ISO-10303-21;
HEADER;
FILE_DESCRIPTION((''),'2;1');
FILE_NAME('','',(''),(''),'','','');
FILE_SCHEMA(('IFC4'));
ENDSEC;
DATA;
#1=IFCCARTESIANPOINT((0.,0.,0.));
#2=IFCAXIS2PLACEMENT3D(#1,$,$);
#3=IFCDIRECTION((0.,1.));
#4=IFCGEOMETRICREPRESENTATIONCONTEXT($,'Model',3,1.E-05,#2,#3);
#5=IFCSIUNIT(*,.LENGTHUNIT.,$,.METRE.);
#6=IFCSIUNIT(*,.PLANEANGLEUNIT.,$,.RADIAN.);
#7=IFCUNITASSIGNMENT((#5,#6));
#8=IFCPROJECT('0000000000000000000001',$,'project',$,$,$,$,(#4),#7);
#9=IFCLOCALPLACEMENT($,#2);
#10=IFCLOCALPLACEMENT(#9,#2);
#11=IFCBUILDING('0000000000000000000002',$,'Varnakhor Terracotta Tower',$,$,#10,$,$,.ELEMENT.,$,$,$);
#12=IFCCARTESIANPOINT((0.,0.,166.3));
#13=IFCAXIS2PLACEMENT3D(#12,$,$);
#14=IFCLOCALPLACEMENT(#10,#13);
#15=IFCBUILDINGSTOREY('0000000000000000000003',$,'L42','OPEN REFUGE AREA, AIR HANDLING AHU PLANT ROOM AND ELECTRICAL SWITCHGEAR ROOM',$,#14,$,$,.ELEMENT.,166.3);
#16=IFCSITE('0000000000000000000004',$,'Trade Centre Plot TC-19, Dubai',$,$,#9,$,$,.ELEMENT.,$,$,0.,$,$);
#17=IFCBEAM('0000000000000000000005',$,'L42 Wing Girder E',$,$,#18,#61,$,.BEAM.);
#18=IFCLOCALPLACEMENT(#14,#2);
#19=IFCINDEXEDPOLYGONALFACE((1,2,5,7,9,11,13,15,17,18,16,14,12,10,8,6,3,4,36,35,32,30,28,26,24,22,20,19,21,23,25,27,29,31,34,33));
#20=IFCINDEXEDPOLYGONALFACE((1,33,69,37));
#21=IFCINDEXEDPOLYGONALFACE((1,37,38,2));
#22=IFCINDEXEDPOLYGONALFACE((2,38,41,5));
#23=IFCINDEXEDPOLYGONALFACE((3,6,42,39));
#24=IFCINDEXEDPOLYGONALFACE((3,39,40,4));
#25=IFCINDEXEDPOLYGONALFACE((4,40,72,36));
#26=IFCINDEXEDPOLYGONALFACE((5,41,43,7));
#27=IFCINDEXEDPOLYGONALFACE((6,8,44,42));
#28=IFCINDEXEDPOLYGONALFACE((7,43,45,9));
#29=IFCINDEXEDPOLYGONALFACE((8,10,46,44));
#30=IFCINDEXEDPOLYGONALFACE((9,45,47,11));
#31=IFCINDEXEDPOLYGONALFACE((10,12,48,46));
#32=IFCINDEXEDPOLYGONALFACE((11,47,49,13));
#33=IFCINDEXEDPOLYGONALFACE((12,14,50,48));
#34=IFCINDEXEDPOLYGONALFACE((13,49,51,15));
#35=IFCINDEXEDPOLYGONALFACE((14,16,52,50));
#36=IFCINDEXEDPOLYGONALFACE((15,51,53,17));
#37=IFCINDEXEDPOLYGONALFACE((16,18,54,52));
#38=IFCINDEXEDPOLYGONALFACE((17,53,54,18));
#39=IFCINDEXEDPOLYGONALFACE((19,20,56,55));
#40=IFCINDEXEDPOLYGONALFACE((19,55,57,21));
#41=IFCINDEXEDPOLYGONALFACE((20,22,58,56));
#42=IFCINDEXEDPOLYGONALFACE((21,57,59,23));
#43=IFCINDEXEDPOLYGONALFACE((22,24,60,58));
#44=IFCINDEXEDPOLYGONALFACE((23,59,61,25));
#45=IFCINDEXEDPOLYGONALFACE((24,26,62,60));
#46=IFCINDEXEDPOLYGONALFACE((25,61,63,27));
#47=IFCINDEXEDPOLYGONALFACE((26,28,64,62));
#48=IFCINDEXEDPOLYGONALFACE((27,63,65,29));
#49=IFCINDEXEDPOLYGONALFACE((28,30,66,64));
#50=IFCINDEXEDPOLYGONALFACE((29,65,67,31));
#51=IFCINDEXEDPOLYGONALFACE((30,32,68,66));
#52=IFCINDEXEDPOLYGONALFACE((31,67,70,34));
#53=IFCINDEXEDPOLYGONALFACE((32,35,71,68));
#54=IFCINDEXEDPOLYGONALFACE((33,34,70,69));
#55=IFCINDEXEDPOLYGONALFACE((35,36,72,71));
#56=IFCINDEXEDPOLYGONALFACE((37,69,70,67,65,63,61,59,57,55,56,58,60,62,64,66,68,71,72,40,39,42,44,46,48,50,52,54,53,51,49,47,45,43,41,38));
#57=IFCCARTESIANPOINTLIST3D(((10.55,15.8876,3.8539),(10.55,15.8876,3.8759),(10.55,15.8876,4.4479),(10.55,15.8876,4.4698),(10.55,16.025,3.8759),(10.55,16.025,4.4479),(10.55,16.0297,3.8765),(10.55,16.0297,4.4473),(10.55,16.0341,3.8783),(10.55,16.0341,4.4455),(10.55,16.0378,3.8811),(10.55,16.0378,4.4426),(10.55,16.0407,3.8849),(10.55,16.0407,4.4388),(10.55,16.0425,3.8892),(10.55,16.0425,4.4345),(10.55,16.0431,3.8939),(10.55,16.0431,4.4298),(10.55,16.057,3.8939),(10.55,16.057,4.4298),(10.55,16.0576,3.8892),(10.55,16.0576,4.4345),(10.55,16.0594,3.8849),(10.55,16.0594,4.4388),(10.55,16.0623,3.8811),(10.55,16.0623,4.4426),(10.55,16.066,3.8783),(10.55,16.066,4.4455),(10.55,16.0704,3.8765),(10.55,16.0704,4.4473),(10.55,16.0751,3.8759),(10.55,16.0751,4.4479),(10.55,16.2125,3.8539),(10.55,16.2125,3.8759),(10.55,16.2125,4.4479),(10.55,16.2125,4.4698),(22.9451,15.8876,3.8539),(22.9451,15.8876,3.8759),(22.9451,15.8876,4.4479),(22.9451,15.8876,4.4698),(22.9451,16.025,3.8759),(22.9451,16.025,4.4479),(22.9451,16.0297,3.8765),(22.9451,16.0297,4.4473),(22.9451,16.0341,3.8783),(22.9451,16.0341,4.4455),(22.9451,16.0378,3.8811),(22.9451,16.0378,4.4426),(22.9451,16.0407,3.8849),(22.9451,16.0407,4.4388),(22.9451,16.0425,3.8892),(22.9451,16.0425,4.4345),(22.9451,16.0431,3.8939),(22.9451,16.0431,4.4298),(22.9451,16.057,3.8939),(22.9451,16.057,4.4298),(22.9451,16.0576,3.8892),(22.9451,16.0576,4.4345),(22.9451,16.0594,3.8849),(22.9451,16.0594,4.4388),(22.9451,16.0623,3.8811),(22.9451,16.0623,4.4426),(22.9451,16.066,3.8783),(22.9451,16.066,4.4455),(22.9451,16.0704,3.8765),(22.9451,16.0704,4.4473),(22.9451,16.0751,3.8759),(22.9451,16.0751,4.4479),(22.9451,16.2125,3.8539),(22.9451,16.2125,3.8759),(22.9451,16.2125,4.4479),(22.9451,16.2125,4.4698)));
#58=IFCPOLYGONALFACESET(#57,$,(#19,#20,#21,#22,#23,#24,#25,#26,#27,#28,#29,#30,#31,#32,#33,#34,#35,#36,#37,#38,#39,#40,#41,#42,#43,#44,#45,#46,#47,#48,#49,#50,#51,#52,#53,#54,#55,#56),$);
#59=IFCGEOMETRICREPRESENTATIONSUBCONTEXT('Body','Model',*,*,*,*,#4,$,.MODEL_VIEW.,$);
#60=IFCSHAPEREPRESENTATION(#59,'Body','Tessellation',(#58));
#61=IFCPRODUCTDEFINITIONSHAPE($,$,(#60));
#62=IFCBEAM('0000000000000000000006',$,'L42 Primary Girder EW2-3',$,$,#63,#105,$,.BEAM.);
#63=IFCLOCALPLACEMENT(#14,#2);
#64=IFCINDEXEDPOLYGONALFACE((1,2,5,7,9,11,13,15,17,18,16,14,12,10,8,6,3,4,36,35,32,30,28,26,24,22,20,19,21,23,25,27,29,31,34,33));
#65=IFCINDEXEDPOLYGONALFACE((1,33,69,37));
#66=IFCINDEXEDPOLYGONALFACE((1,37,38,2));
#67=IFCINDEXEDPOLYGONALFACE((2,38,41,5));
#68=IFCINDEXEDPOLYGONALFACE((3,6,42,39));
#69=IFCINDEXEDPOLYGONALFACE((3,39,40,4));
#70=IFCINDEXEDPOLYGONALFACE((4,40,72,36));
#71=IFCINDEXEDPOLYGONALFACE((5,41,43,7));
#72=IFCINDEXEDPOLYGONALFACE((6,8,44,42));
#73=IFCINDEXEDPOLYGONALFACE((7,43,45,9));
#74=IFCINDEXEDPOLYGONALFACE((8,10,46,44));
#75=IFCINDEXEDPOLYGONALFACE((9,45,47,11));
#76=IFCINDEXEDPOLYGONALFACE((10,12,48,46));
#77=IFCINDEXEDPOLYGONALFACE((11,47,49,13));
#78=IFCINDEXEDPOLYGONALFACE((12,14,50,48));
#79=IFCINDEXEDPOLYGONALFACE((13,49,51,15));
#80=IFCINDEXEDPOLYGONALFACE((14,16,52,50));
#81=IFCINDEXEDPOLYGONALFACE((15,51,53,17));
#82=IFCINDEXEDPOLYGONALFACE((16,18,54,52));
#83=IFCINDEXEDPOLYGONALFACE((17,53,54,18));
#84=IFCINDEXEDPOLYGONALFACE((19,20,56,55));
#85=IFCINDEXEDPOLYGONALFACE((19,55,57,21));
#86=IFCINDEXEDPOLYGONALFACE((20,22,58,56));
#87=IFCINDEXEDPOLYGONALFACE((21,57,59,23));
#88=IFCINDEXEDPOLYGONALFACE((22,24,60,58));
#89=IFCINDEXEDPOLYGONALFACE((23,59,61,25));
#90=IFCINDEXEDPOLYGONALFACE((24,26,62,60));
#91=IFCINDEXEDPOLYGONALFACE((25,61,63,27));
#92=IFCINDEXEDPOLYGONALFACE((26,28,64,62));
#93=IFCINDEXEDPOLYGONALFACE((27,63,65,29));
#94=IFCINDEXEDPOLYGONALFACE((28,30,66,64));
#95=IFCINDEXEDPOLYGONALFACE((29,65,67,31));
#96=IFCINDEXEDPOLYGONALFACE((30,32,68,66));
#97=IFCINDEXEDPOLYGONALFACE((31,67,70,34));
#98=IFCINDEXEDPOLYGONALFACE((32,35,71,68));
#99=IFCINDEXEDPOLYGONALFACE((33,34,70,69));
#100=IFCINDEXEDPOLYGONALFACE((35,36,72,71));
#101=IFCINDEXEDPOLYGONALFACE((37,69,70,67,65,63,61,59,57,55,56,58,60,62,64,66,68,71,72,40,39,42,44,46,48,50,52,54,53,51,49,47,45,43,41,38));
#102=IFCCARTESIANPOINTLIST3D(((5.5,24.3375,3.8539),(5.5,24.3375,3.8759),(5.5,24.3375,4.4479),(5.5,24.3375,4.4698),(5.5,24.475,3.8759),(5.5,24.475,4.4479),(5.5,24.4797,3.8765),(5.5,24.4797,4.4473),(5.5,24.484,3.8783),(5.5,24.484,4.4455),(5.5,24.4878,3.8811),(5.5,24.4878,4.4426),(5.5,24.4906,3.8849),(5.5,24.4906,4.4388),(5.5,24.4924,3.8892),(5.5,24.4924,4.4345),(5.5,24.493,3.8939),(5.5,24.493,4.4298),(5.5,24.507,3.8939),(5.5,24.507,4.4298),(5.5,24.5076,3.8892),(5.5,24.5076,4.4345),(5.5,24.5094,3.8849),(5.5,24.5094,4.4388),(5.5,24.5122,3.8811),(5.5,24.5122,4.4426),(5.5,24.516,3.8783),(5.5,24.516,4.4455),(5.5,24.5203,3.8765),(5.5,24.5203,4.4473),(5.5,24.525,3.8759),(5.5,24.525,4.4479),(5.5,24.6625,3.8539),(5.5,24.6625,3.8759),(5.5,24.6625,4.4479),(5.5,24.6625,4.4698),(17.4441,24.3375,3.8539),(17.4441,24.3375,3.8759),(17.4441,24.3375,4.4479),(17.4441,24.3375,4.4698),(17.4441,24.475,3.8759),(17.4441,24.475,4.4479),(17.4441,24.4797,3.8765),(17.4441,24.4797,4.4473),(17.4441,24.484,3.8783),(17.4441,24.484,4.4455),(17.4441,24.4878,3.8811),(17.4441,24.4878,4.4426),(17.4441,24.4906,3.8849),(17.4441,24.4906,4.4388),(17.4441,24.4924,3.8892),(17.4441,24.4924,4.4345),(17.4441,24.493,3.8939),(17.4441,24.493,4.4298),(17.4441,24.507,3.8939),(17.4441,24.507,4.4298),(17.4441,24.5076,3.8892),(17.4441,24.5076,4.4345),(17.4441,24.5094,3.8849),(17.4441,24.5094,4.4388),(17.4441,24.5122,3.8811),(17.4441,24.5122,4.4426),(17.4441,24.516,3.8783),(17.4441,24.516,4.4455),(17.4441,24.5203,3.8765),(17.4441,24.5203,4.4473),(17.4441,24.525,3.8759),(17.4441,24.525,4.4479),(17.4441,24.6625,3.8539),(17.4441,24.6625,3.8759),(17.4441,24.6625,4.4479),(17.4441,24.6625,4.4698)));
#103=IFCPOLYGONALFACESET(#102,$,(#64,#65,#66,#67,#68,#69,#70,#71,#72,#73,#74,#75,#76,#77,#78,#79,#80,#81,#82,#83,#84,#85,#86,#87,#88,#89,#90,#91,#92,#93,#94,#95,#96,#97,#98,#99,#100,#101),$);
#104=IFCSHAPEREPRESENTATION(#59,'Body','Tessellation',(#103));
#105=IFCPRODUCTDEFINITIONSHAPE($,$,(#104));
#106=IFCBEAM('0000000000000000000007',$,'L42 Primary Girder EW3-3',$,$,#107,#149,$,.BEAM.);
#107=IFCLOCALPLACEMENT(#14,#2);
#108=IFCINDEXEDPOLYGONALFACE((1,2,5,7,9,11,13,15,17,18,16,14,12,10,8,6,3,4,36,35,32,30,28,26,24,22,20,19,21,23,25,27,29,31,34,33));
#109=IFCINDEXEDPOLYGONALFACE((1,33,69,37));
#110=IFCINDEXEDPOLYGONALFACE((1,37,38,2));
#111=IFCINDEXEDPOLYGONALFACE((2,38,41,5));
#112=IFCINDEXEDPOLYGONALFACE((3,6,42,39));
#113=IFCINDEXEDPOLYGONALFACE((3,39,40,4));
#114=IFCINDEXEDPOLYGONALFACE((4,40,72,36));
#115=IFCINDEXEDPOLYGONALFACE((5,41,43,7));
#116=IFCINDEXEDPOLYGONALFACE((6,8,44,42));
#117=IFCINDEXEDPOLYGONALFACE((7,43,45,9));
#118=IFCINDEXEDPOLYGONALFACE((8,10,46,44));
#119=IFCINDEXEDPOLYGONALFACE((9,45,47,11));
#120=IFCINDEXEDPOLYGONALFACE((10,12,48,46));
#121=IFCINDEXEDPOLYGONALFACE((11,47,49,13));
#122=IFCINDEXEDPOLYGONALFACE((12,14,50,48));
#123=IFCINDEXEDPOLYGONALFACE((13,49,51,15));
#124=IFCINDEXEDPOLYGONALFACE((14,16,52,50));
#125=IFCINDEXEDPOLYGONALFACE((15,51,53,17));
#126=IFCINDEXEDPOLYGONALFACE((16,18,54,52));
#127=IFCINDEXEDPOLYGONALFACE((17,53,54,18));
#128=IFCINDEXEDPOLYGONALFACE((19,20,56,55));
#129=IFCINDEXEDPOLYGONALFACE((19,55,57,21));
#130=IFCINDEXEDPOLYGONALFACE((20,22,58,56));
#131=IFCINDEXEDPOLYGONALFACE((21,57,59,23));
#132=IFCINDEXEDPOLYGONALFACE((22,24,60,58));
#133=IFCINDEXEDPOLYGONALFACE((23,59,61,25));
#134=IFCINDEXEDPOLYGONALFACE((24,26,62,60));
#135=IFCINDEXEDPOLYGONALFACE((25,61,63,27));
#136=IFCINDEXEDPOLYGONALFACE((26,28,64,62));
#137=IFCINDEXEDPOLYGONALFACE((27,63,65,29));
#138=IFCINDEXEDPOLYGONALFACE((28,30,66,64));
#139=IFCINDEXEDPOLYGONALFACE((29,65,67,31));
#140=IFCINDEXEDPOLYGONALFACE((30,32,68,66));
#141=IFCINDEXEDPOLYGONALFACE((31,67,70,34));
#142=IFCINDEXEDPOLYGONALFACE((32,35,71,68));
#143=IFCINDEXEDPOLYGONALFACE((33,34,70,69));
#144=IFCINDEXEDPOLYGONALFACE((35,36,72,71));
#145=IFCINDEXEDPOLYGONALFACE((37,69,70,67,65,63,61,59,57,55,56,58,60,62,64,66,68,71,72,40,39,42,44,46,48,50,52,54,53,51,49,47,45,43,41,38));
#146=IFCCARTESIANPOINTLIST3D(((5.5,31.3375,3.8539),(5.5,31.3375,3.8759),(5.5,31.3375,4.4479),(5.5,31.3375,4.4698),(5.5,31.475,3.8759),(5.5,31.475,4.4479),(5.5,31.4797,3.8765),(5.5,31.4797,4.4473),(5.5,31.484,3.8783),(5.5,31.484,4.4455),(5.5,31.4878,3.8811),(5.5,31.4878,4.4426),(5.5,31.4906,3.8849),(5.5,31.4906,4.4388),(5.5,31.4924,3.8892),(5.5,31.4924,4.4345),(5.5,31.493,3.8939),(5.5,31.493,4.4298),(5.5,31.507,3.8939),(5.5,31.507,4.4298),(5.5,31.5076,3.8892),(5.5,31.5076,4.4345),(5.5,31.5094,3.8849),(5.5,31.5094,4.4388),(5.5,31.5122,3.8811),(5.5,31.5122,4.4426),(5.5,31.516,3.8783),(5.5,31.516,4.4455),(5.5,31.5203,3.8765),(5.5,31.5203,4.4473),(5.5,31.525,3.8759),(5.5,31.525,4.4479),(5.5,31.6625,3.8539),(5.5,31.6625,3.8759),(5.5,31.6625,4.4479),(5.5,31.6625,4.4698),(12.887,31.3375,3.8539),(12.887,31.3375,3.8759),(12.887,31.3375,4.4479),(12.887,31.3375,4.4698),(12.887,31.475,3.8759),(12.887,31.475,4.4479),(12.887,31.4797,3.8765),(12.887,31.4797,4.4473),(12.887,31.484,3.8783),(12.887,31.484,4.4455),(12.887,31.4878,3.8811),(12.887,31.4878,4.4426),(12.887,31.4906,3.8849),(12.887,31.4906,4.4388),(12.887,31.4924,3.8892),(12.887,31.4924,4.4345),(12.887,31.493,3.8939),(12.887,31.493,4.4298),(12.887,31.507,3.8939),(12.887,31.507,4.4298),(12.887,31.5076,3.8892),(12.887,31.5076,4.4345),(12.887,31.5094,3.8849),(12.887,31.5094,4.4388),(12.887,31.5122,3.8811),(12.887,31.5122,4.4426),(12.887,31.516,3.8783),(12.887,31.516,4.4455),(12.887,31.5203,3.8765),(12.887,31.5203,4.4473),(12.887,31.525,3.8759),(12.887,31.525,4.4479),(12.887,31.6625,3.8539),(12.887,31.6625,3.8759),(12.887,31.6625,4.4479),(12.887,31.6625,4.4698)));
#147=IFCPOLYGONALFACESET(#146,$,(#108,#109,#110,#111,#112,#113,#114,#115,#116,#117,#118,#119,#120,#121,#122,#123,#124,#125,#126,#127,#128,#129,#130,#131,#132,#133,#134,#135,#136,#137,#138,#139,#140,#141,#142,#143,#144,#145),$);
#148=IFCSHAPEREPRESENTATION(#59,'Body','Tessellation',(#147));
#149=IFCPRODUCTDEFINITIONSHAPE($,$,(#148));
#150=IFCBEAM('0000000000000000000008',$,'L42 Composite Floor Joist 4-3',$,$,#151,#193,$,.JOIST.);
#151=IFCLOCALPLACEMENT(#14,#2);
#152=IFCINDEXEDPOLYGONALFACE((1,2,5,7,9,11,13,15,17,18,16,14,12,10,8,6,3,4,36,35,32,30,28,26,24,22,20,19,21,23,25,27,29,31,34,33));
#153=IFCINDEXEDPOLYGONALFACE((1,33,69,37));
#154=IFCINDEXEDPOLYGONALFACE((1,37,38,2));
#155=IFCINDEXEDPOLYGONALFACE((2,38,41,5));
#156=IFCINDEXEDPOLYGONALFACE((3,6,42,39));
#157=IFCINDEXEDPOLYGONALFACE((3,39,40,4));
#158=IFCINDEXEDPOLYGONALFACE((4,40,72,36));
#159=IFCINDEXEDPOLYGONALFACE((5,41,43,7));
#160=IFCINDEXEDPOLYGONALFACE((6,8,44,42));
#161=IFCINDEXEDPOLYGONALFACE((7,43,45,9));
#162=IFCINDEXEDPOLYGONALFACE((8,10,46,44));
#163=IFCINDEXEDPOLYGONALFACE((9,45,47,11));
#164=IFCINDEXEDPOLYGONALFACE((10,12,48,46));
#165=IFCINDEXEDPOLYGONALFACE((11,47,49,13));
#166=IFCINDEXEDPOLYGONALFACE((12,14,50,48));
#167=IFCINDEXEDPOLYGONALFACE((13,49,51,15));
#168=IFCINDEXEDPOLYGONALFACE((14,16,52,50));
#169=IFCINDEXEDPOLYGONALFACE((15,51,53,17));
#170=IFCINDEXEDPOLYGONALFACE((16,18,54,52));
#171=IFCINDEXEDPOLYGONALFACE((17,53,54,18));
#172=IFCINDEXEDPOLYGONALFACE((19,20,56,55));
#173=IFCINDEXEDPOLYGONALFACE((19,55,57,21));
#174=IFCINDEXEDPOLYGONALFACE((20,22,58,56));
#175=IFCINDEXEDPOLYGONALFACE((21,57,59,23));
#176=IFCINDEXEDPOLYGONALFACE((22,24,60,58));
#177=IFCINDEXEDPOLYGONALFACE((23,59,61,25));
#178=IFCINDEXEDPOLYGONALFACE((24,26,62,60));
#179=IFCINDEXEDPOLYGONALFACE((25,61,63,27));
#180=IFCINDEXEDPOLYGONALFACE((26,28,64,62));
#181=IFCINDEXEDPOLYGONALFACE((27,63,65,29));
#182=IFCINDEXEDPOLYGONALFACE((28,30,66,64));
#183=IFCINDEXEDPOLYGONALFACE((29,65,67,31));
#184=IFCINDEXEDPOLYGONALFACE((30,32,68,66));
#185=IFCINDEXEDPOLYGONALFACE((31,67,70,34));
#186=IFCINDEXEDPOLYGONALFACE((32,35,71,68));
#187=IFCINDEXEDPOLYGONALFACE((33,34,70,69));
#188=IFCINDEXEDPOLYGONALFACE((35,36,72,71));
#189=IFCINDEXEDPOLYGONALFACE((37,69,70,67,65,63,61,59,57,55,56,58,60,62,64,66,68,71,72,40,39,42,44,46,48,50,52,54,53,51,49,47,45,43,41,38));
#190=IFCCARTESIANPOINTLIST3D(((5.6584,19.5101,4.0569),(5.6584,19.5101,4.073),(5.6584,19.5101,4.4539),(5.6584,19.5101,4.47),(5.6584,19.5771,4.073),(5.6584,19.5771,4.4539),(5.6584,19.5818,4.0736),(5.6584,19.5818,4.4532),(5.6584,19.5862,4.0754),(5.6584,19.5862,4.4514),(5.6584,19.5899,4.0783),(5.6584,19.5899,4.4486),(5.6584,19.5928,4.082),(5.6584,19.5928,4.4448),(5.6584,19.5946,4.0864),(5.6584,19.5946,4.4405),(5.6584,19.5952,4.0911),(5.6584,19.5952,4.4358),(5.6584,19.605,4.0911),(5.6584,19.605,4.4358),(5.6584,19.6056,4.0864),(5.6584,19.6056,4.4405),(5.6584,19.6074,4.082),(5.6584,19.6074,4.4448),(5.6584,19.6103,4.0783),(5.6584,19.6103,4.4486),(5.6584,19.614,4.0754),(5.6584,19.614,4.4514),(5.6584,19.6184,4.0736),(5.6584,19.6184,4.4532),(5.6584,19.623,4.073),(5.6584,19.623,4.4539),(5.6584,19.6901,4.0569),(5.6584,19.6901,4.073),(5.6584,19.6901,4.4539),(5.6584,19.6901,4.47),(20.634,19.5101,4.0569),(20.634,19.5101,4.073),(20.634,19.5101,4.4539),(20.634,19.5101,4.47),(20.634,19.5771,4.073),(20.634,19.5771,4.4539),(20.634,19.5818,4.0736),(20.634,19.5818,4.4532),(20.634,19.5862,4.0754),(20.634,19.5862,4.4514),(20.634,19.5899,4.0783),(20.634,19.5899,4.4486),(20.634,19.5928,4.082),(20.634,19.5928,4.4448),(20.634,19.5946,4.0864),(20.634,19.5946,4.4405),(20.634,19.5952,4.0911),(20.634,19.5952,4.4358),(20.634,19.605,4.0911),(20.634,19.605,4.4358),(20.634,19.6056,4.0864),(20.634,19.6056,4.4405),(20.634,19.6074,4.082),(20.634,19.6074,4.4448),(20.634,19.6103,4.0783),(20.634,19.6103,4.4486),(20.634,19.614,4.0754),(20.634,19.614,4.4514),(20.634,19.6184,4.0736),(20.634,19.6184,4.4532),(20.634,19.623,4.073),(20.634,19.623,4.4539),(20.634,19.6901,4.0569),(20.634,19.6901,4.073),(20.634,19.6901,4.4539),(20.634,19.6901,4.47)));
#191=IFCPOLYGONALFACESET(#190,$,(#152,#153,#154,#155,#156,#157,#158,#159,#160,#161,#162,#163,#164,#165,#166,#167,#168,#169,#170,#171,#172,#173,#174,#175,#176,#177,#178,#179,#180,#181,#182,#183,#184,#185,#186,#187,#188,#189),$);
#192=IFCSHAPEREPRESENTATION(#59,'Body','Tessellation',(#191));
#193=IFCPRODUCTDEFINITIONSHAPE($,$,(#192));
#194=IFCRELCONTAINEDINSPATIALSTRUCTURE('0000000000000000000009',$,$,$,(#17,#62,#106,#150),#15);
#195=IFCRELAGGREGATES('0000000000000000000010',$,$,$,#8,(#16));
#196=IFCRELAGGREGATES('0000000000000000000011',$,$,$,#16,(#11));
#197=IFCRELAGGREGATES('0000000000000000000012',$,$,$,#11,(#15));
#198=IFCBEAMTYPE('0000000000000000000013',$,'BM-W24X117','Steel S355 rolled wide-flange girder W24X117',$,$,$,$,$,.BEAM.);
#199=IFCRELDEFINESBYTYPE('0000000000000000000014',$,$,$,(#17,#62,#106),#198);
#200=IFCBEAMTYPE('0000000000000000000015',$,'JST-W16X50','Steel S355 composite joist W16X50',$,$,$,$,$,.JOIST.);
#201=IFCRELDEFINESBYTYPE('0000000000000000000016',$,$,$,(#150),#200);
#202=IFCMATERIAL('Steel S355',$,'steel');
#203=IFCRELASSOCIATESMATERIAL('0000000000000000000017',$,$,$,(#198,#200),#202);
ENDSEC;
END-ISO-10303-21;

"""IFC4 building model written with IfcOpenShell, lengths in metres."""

from ifc_helpers import new_model, si_unit, direction, frame, origin, origin_2d, place, context, subcontext, project, spatial, i_section, extrude, source, transform, mapped, material, material_profile, profile_set, type_object, element, save


model = new_model("IFC4")

# Units and contexts
model_context = context("Model", 3, precision=1e-05, world=origin(), true_north=direction((0.0, 1.0)))
body_context = subcontext(model_context, "Body", "Model", "MODEL_VIEW")
ifc_project = project(units=[si_unit("LENGTHUNIT", "METRE"), si_unit("PLANEANGLEUNIT", "RADIAN")], contexts=[model_context])

# Site, building, storey
site_placement = place(None, origin())
site = spatial("IfcSite", under=ifc_project, at=site_placement, Name="Trade Centre Plot TC-19, Dubai", CompositionType="ELEMENT", RefElevation=0.0)
building_placement = place(site_placement, origin())
building = spatial("IfcBuilding", under=site, at=building_placement, Name="Varnakhor Terracotta Tower", CompositionType="ELEMENT")
storey_placement = place(building_placement, frame((0.0, 0.0, 166.3)))
storey = spatial("IfcBuildingStorey", under=building, at=storey_placement, Name="L42", Description="OPEN REFUGE AREA, AIR HANDLING AHU PLANT ROOM AND ELECTRICAL SWITCHGEAR ROOM", CompositionType="ELEMENT", Elevation=166.3)

# Beams
ifc_material_1 = material(Name="Steel S355", Category="steel")
ifc_material_profile_1 = material_profile(ifc_material_1, i_section(OverallWidth=0.325, OverallDepth=0.616, WebThickness=0.0139, FlangeThickness=0.022, FilletRadius=0.0181, at=origin_2d()), Name="W24X117")
ifc_profile_set_1 = profile_set([ifc_material_profile_1], Name="Steel S355")
beam_type_1 = type_object("IfcBeamType", Name="BM-W24X117", Description="Steel S355 rolled wide-flange girder W24X117", PredefinedType="BEAM", material=ifc_profile_set_1)
shared_shape_1 = source(origin(), body_context, "Body", "SweptSolid", [
    extrude(i_section(OverallWidth=0.325, OverallDepth=0.616, WebThickness=0.0139, FlangeThickness=0.022, FilletRadius=0.0181, at=origin_2d()), origin(), (0.0, 0.0, 1.0), 12.395),
])
beam_1_placement = place(storey_placement, frame((10.55, 16.05, 4.1619), z_axis=(1.0, 0.0, 0.0), x_axis=(0.0, 1.0, 0.0)))
element("IfcBeam", 1, at=beam_1_placement, inside=storey, type_object=beam_type_1, Name="L42 Wing Girder E", PredefinedType="BEAM", context=body_context, shape_type="MappedRepresentation", body=[
    mapped(shared_shape_1, transform((0.0, 0.0, 0.0), scale=1.0)),
])
shared_shape_2 = source(origin(), body_context, "Body", "SweptSolid", [
    extrude(i_section(OverallWidth=0.325, OverallDepth=0.616, WebThickness=0.0139, FlangeThickness=0.022, FilletRadius=0.0181, at=origin_2d()), origin(), (0.0, 0.0, 1.0), 11.9441),
])
beam_2_placement = place(storey_placement, frame((5.5, 24.5, 4.1619), z_axis=(1.0, 0.0, 0.0), x_axis=(0.0, 1.0, 0.0)))
element("IfcBeam", 2, at=beam_2_placement, inside=storey, type_object=beam_type_1, Name="L42 Primary Girder EW2-3", PredefinedType="BEAM", context=body_context, shape_type="MappedRepresentation", body=[
    mapped(shared_shape_2, transform((0.0, 0.0, 0.0), scale=1.0)),
])
shared_shape_3 = source(origin(), body_context, "Body", "SweptSolid", [
    extrude(i_section(OverallWidth=0.325, OverallDepth=0.616, WebThickness=0.0139, FlangeThickness=0.022, FilletRadius=0.0181, at=origin_2d()), origin(), (0.0, 0.0, 1.0), 7.387),
])
beam_3_placement = place(storey_placement, frame((5.5, 31.5, 4.1619), z_axis=(1.0, 0.0, 0.0), x_axis=(0.0, 1.0, 0.0)))
element("IfcBeam", 3, at=beam_3_placement, inside=storey, type_object=beam_type_1, Name="L42 Primary Girder EW3-3", PredefinedType="BEAM", context=body_context, shape_type="MappedRepresentation", body=[
    mapped(shared_shape_3, transform((0.0, 0.0, 0.0), scale=1.0)),
])
ifc_material_profile_2 = material_profile(ifc_material_1, i_section(OverallWidth=0.1799, OverallDepth=0.4131, WebThickness=0.0098, FlangeThickness=0.0161, FilletRadius=0.0181, at=origin_2d()), Name="W16X50")
ifc_profile_set_2 = profile_set([ifc_material_profile_2], Name="Steel S355")
beam_type_2 = type_object("IfcBeamType", Name="JST-W16X50", Description="Steel S355 composite joist W16X50", PredefinedType="JOIST", material=ifc_profile_set_2)
shared_shape_4 = source(origin(), body_context, "Body", "SweptSolid", [
    extrude(i_section(OverallWidth=0.1799, OverallDepth=0.4131, WebThickness=0.0098, FlangeThickness=0.0161, FilletRadius=0.0181, at=origin_2d()), origin(), (0.0, 0.0, 1.0), 14.9756),
])
beam_4_placement = place(storey_placement, frame((5.6584, 19.6001, 4.2634), z_axis=(1.0, 0.0, 0.0), x_axis=(0.0, 1.0, 0.0)))
element("IfcBeam", 4, at=beam_4_placement, inside=storey, type_object=beam_type_2, Name="L42 Composite Floor Joist 4-3", PredefinedType="JOIST", context=body_context, shape_type="MappedRepresentation", body=[
    mapped(shared_shape_4, transform((0.0, 0.0, 0.0), scale=1.0)),
])

save(model, "model.ifc")
